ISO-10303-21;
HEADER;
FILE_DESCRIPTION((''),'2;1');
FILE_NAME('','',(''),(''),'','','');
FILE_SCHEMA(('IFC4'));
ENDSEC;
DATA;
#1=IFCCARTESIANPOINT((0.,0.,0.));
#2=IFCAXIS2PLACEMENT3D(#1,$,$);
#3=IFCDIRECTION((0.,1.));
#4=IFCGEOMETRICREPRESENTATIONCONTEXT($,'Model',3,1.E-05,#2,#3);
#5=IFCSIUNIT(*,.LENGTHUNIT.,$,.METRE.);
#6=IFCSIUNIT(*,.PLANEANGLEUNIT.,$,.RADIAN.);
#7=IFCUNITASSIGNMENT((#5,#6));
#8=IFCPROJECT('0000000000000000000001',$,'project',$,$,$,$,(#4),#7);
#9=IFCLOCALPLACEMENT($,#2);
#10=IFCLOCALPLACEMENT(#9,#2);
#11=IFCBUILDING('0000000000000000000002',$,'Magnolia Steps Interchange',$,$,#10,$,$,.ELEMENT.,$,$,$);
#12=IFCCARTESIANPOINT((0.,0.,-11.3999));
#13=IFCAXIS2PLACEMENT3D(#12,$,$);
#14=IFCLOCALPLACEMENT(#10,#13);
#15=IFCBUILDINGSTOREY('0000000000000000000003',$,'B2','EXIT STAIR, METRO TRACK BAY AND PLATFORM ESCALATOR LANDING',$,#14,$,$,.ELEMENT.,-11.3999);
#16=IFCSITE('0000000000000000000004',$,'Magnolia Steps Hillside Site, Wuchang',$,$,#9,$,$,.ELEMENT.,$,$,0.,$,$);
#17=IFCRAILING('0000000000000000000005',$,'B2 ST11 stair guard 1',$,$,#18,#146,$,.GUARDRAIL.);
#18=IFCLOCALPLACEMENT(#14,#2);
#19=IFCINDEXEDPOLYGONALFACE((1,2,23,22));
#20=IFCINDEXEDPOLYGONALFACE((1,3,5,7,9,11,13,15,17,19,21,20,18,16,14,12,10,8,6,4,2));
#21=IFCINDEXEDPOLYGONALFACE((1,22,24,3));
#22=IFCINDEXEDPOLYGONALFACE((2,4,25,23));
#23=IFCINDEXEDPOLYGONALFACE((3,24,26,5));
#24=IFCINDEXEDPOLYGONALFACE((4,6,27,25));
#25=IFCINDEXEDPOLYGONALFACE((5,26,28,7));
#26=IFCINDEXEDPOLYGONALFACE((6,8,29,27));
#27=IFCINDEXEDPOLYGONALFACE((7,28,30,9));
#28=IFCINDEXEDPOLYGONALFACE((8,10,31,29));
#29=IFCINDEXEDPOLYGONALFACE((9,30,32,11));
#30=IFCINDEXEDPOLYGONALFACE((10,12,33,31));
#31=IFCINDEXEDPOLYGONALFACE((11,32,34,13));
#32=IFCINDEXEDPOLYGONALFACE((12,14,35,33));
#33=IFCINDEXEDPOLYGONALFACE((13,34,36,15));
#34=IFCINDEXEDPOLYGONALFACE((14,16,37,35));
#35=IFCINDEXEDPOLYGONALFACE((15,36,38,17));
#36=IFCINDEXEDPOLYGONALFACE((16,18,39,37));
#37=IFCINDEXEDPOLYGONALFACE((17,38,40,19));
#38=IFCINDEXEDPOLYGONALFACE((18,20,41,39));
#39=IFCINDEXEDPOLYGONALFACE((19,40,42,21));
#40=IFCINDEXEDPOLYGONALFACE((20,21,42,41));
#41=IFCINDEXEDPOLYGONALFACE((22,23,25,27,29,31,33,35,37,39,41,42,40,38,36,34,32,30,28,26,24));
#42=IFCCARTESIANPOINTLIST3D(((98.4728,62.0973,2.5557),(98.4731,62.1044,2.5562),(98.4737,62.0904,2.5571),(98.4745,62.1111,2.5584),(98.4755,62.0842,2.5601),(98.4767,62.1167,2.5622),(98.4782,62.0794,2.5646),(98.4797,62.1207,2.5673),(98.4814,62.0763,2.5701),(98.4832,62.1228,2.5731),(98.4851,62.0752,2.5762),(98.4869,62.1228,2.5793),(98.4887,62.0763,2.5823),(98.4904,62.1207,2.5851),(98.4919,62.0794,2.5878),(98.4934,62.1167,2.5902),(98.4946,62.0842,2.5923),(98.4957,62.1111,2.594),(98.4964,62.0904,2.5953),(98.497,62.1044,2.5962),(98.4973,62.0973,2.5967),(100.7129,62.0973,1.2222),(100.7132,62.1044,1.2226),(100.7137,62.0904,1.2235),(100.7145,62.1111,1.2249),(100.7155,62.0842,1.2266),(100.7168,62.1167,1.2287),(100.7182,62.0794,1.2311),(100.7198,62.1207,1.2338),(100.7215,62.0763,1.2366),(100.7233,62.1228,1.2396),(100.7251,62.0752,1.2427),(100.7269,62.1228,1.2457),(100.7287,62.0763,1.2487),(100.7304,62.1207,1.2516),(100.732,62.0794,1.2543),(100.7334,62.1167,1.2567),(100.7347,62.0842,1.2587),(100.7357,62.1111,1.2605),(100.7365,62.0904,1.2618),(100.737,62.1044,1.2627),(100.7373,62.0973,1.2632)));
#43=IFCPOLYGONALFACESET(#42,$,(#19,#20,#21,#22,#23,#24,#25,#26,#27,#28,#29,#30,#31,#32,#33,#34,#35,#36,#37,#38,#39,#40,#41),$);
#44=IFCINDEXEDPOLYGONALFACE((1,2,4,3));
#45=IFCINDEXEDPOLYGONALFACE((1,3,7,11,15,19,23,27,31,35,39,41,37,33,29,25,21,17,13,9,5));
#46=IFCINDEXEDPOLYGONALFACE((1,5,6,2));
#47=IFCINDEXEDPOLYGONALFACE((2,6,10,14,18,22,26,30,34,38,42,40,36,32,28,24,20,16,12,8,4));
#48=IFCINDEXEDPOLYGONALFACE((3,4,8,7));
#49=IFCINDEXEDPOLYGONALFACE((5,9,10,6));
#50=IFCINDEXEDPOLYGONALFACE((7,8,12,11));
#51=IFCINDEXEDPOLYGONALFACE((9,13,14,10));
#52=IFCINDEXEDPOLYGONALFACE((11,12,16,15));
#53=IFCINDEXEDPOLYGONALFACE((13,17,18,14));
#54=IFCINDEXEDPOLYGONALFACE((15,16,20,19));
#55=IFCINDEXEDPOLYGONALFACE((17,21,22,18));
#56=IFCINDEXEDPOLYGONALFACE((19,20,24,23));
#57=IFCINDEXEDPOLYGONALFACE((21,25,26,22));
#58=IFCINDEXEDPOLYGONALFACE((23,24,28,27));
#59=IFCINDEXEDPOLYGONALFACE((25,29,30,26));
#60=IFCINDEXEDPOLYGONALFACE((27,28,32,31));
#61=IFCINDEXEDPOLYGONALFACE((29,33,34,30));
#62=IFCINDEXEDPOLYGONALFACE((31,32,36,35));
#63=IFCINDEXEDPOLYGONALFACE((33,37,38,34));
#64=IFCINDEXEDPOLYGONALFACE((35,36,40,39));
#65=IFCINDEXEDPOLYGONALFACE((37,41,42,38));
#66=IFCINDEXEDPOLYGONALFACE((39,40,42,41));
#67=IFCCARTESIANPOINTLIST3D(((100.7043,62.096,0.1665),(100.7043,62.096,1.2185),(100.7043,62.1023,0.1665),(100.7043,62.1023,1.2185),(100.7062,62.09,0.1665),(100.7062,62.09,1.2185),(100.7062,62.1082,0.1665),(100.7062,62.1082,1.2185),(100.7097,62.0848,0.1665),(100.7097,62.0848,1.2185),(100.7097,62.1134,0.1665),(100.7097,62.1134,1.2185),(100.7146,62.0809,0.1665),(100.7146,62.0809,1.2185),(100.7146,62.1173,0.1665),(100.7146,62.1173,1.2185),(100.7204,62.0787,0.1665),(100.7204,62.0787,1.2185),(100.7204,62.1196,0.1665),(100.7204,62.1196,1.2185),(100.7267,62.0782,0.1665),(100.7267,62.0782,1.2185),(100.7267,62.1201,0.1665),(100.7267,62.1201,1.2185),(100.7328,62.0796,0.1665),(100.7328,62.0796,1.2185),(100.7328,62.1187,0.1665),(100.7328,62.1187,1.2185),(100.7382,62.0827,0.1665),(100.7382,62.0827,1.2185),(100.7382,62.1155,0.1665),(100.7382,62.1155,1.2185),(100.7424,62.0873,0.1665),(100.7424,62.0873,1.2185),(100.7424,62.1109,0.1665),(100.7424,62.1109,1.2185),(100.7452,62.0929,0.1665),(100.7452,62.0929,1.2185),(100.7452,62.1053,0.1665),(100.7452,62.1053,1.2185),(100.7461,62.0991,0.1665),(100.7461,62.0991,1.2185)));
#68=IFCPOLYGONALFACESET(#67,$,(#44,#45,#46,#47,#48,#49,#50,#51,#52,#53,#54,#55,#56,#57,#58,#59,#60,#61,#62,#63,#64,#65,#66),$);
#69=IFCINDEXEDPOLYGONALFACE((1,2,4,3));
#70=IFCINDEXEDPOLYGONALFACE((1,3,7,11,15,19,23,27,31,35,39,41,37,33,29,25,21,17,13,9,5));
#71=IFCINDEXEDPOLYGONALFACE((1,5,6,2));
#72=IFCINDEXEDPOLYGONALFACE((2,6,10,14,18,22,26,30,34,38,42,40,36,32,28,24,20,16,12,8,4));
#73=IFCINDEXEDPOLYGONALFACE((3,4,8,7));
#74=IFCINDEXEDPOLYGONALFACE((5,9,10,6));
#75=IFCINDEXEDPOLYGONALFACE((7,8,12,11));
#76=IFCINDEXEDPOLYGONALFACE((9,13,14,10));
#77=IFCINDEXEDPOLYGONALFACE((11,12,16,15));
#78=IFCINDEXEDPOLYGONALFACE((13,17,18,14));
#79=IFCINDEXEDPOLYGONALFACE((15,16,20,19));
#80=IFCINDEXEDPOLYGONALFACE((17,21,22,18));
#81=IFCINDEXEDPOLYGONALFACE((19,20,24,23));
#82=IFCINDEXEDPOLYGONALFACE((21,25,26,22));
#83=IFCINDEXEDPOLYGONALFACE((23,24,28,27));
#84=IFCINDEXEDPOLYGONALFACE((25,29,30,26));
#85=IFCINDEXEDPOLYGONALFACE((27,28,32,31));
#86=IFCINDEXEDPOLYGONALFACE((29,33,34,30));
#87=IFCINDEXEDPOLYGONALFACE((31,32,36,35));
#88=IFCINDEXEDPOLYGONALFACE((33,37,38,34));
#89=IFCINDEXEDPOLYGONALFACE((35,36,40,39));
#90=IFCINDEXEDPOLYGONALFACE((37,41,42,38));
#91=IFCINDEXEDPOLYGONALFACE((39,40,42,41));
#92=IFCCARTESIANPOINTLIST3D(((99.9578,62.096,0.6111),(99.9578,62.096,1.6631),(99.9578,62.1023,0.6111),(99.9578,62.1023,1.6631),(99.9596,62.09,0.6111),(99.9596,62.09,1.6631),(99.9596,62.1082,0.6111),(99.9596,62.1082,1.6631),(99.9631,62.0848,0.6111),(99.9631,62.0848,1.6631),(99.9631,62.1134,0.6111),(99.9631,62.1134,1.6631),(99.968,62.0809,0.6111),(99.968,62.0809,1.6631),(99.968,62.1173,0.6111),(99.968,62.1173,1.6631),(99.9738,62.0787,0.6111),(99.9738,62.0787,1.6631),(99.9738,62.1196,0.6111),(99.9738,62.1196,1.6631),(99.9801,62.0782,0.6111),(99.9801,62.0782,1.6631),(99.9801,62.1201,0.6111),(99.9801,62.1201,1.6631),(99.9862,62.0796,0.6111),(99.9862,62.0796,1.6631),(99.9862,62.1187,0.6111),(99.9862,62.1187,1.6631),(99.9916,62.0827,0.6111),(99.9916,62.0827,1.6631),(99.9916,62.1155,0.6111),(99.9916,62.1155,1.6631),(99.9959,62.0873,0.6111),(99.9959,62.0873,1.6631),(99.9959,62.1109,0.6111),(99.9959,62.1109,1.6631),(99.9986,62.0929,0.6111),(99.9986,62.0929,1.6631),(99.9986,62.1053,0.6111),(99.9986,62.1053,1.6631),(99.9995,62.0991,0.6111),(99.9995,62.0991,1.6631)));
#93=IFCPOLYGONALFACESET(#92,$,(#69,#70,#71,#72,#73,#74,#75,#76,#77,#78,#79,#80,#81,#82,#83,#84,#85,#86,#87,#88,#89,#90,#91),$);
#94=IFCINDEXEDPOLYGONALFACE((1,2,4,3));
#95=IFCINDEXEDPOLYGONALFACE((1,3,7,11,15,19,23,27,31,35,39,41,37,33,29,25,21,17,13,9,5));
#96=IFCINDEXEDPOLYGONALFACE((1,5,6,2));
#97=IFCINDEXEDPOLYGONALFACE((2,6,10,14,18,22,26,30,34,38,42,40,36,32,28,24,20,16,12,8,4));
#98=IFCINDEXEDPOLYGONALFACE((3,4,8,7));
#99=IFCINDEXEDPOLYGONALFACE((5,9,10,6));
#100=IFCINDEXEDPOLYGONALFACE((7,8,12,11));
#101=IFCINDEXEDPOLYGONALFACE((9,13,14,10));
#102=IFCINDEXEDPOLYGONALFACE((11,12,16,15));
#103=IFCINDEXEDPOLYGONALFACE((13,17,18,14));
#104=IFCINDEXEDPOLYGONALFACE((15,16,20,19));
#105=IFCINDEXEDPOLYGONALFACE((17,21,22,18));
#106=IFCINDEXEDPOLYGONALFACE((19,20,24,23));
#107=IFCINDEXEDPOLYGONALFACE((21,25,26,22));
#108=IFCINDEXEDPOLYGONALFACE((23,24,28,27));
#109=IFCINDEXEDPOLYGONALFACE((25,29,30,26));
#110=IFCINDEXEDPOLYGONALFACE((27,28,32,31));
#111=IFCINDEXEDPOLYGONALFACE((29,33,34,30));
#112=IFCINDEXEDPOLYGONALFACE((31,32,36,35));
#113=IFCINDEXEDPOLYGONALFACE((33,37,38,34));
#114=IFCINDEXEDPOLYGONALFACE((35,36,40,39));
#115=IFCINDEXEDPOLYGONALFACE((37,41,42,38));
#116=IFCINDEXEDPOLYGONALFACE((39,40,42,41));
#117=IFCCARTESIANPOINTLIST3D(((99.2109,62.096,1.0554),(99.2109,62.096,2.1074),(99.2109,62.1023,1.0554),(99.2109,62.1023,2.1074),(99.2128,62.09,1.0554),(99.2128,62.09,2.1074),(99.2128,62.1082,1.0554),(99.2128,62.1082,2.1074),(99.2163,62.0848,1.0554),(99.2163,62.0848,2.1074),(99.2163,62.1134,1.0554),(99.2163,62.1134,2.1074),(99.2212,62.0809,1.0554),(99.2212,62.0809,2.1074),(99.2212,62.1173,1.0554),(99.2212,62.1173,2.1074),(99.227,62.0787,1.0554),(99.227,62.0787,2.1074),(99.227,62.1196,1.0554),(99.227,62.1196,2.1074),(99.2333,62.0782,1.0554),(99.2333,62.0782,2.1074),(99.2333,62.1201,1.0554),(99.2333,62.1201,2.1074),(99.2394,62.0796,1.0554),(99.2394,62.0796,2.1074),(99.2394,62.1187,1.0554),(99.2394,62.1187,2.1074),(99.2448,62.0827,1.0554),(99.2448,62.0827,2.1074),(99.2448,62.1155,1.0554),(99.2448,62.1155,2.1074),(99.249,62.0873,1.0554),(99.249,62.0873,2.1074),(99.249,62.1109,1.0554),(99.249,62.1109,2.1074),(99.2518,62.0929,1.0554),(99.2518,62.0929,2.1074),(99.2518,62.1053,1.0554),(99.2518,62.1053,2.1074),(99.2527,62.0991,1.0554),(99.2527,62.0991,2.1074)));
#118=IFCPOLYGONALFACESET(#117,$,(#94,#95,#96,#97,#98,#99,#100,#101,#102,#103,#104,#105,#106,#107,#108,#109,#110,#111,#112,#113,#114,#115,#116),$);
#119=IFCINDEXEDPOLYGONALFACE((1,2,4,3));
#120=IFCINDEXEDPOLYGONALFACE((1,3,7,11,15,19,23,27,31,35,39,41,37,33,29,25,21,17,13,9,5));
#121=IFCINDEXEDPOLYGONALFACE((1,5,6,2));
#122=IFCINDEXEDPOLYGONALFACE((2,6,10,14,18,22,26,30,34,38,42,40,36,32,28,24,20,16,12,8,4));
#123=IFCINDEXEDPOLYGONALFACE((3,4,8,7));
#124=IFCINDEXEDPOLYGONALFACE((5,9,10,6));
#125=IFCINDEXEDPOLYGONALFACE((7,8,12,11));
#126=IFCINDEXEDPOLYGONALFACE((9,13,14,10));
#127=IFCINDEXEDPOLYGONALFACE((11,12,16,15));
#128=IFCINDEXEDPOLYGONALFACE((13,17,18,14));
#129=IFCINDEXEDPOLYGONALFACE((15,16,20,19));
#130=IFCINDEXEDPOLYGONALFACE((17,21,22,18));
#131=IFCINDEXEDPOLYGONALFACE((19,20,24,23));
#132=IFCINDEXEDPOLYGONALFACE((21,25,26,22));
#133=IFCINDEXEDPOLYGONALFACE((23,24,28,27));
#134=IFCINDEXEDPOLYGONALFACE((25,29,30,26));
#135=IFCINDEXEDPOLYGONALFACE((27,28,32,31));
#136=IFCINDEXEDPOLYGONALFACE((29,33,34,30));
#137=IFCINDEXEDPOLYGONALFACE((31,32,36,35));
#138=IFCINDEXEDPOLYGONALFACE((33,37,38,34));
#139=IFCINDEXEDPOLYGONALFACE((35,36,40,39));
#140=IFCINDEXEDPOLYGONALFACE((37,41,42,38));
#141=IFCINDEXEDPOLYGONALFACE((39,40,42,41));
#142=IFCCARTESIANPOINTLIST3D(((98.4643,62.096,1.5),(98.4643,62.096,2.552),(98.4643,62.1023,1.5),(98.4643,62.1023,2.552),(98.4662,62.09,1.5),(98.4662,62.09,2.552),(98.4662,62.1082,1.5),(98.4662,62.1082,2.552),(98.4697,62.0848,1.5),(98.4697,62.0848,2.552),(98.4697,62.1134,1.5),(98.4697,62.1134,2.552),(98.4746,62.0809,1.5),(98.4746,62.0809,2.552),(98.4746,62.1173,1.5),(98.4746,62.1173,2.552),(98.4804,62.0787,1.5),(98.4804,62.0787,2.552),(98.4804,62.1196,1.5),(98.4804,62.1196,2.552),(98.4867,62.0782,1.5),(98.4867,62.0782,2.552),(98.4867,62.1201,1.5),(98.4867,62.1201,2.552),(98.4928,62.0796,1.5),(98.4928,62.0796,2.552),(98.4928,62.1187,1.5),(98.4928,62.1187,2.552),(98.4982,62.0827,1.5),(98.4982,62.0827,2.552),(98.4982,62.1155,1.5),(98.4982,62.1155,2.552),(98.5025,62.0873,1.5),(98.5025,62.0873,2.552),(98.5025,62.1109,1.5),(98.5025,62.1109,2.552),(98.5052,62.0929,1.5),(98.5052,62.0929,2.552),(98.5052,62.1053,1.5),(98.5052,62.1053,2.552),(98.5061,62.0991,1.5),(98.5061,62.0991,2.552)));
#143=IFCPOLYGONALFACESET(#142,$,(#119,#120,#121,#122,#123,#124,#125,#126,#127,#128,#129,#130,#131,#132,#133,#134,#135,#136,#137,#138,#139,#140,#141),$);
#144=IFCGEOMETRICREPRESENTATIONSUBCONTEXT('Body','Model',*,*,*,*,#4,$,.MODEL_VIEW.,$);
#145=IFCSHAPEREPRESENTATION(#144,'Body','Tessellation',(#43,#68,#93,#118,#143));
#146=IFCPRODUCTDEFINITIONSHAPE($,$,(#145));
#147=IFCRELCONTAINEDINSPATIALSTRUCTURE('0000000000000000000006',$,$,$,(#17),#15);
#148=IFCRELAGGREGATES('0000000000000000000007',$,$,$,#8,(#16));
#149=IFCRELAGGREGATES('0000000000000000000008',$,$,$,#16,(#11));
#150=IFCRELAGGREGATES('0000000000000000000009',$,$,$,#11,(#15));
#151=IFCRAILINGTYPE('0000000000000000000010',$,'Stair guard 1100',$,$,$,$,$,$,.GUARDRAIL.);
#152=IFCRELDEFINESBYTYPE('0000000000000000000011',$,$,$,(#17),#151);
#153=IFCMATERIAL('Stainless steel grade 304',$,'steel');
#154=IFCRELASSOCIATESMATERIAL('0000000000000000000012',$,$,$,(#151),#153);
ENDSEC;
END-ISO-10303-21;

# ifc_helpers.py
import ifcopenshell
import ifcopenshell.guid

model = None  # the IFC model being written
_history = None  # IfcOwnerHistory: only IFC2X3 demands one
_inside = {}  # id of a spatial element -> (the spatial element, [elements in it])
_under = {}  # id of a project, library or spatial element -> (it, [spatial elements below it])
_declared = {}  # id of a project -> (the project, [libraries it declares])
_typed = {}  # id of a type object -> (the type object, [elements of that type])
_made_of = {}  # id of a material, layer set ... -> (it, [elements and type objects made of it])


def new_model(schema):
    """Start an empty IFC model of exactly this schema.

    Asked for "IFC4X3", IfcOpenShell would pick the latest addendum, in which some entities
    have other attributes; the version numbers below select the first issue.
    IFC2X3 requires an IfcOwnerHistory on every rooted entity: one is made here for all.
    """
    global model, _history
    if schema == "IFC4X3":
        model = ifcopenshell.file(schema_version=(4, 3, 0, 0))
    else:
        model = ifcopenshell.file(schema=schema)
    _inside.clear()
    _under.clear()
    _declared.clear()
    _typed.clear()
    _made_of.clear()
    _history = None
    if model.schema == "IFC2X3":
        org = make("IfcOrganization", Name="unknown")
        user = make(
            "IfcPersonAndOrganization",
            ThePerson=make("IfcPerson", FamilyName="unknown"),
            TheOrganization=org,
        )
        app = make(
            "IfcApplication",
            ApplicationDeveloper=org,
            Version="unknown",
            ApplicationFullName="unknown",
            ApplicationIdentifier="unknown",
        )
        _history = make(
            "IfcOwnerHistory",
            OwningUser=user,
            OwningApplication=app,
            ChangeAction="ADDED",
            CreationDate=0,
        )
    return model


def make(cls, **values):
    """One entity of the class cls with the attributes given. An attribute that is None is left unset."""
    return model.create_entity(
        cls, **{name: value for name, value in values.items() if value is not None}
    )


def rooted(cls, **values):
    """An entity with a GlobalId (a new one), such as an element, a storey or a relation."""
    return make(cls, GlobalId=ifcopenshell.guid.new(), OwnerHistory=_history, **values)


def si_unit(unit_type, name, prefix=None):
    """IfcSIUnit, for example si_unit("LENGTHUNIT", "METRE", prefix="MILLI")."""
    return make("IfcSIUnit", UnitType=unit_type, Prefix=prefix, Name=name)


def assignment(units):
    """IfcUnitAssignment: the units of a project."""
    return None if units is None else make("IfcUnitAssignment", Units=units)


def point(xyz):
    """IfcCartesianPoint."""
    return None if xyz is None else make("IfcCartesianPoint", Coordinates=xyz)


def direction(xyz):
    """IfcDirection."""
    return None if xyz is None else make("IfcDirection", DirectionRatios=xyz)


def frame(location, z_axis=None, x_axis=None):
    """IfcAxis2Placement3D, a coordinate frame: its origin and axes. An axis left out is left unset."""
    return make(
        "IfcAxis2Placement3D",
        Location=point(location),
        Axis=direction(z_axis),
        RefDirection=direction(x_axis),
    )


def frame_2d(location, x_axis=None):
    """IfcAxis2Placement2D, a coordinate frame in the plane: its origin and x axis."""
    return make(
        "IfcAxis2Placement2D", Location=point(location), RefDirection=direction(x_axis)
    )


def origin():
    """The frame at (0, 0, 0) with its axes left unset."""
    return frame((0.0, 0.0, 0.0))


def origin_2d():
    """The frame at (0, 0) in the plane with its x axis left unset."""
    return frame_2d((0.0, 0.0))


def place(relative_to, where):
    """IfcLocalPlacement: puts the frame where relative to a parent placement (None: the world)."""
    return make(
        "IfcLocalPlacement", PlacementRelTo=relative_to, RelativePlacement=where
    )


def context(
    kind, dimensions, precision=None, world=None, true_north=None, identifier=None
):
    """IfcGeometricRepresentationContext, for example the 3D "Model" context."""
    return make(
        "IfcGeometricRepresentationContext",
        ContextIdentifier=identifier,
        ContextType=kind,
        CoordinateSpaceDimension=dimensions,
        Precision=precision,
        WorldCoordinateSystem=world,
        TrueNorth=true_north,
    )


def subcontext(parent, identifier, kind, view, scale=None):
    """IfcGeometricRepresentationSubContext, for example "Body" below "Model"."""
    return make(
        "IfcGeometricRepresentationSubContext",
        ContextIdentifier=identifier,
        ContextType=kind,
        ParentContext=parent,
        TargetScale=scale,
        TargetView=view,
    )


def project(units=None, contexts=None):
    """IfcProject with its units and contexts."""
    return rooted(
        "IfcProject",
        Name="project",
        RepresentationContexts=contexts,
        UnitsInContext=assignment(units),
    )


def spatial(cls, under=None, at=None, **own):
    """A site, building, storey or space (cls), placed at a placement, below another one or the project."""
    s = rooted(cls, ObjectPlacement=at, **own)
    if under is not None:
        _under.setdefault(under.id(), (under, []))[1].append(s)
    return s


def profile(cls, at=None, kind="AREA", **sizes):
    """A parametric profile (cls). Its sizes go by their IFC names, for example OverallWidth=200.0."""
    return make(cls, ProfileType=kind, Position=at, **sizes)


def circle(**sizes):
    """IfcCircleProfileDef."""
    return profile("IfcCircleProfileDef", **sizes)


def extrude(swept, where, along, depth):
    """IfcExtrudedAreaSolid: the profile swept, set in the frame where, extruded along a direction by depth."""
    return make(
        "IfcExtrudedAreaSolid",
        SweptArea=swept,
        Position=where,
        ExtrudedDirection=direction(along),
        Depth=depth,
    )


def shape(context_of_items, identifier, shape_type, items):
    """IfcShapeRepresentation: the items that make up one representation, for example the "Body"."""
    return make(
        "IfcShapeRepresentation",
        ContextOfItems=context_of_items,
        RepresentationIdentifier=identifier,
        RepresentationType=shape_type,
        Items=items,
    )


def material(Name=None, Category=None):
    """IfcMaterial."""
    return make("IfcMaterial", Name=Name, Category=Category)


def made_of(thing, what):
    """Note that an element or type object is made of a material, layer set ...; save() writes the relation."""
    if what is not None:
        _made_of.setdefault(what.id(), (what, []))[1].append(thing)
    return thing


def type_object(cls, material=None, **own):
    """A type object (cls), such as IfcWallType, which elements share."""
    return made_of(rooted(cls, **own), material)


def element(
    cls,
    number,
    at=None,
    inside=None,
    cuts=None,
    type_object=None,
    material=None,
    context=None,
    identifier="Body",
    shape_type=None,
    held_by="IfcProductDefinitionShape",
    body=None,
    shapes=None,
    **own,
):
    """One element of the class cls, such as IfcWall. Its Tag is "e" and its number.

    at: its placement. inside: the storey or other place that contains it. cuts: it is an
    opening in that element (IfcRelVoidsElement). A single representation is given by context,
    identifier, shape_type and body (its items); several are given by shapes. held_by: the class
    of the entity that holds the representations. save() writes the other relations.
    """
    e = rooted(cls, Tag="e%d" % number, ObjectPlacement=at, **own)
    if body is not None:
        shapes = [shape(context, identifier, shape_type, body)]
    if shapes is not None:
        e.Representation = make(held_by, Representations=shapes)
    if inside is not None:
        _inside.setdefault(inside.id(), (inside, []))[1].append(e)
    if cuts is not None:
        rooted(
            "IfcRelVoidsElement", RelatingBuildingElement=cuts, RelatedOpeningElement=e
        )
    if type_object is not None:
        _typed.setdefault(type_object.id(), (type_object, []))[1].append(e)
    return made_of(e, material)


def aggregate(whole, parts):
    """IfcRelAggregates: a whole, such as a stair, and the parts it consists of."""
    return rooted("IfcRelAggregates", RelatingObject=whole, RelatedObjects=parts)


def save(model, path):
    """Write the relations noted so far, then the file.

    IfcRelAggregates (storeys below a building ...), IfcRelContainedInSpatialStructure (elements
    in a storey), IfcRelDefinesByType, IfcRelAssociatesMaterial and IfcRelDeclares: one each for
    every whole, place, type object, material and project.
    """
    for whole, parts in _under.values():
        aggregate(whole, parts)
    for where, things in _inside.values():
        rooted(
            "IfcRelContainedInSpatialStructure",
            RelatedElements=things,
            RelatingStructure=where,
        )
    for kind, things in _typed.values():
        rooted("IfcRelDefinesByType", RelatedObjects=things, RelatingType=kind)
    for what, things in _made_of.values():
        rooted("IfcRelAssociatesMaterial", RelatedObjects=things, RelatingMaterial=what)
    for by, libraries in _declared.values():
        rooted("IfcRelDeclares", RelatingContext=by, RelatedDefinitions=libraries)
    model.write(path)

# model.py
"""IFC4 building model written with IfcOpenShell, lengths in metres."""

from ifc_helpers import new_model, si_unit, direction, frame, origin, origin_2d, place, context, subcontext, project, spatial, circle, extrude, material, type_object, element, save


model = new_model("IFC4")

# Units and contexts
model_context = context("Model", 3, precision=1e-05, world=origin(), true_north=direction((0.0, 1.0)))
body_context = subcontext(model_context, "Body", "Model", "MODEL_VIEW")
ifc_project = project(units=[si_unit("LENGTHUNIT", "METRE"), si_unit("PLANEANGLEUNIT", "RADIAN")], contexts=[model_context])

# Site, building, storey
site_placement = place(None, origin())
site = spatial("IfcSite", under=ifc_project, at=site_placement, Name="Magnolia Steps Hillside Site, Wuchang", CompositionType="ELEMENT", RefElevation=0.0)
building_placement = place(site_placement, origin())
building = spatial("IfcBuilding", under=site, at=building_placement, Name="Magnolia Steps Interchange", CompositionType="ELEMENT")
storey_placement = place(building_placement, frame((0.0, 0.0, -11.3999)))
storey = spatial("IfcBuildingStorey", under=building, at=storey_placement, Name="B2", Description="EXIT STAIR, METRO TRACK BAY AND PLATFORM ESCALATOR LANDING", CompositionType="ELEMENT", Elevation=-11.3999)

# Railing
ifc_material_1 = material(Name="Stainless steel grade 304", Category="steel")
railing_type_1 = type_object("IfcRailingType", Name="Stair guard 1100", PredefinedType="GUARDRAIL", material=ifc_material_1)
railing_1_placement = place(storey_placement, frame((100.7251, 62.0991, 0.1665)))
element("IfcRailing", 1, at=railing_1_placement, inside=storey, type_object=railing_type_1, Name="B2 ST11 stair guard 1", PredefinedType="GUARDRAIL", context=body_context, shape_type="SweptSolid", body=[
    extrude(circle(Radius=0.0239, at=origin_2d()), frame((0.0, 0.0, 1.0762), z_axis=(-0.859264, 0.0, 0.511532), x_axis=(0.0, -1.0, 0.0)), (0.0, 0.0, 1.0), 2.6069),
    extrude(circle(Radius=0.021, at=origin_2d()), origin(), (0.0, 0.0, 1.0), 1.052),
    extrude(circle(Radius=0.021, at=origin_2d()), frame((-0.7466, 0.0, 0.4446)), (0.0, 0.0, 1.0), 1.052),
    extrude(circle(Radius=0.021, at=origin_2d()), frame((-1.4934, 0.0, 0.8889)), (0.0, 0.0, 1.0), 1.052),
    extrude(circle(Radius=0.021, at=origin_2d()), frame((-2.24, 0.0, 1.3335)), (0.0, 0.0, 1.0), 1.052),
])

save(model, "model.ifc")
